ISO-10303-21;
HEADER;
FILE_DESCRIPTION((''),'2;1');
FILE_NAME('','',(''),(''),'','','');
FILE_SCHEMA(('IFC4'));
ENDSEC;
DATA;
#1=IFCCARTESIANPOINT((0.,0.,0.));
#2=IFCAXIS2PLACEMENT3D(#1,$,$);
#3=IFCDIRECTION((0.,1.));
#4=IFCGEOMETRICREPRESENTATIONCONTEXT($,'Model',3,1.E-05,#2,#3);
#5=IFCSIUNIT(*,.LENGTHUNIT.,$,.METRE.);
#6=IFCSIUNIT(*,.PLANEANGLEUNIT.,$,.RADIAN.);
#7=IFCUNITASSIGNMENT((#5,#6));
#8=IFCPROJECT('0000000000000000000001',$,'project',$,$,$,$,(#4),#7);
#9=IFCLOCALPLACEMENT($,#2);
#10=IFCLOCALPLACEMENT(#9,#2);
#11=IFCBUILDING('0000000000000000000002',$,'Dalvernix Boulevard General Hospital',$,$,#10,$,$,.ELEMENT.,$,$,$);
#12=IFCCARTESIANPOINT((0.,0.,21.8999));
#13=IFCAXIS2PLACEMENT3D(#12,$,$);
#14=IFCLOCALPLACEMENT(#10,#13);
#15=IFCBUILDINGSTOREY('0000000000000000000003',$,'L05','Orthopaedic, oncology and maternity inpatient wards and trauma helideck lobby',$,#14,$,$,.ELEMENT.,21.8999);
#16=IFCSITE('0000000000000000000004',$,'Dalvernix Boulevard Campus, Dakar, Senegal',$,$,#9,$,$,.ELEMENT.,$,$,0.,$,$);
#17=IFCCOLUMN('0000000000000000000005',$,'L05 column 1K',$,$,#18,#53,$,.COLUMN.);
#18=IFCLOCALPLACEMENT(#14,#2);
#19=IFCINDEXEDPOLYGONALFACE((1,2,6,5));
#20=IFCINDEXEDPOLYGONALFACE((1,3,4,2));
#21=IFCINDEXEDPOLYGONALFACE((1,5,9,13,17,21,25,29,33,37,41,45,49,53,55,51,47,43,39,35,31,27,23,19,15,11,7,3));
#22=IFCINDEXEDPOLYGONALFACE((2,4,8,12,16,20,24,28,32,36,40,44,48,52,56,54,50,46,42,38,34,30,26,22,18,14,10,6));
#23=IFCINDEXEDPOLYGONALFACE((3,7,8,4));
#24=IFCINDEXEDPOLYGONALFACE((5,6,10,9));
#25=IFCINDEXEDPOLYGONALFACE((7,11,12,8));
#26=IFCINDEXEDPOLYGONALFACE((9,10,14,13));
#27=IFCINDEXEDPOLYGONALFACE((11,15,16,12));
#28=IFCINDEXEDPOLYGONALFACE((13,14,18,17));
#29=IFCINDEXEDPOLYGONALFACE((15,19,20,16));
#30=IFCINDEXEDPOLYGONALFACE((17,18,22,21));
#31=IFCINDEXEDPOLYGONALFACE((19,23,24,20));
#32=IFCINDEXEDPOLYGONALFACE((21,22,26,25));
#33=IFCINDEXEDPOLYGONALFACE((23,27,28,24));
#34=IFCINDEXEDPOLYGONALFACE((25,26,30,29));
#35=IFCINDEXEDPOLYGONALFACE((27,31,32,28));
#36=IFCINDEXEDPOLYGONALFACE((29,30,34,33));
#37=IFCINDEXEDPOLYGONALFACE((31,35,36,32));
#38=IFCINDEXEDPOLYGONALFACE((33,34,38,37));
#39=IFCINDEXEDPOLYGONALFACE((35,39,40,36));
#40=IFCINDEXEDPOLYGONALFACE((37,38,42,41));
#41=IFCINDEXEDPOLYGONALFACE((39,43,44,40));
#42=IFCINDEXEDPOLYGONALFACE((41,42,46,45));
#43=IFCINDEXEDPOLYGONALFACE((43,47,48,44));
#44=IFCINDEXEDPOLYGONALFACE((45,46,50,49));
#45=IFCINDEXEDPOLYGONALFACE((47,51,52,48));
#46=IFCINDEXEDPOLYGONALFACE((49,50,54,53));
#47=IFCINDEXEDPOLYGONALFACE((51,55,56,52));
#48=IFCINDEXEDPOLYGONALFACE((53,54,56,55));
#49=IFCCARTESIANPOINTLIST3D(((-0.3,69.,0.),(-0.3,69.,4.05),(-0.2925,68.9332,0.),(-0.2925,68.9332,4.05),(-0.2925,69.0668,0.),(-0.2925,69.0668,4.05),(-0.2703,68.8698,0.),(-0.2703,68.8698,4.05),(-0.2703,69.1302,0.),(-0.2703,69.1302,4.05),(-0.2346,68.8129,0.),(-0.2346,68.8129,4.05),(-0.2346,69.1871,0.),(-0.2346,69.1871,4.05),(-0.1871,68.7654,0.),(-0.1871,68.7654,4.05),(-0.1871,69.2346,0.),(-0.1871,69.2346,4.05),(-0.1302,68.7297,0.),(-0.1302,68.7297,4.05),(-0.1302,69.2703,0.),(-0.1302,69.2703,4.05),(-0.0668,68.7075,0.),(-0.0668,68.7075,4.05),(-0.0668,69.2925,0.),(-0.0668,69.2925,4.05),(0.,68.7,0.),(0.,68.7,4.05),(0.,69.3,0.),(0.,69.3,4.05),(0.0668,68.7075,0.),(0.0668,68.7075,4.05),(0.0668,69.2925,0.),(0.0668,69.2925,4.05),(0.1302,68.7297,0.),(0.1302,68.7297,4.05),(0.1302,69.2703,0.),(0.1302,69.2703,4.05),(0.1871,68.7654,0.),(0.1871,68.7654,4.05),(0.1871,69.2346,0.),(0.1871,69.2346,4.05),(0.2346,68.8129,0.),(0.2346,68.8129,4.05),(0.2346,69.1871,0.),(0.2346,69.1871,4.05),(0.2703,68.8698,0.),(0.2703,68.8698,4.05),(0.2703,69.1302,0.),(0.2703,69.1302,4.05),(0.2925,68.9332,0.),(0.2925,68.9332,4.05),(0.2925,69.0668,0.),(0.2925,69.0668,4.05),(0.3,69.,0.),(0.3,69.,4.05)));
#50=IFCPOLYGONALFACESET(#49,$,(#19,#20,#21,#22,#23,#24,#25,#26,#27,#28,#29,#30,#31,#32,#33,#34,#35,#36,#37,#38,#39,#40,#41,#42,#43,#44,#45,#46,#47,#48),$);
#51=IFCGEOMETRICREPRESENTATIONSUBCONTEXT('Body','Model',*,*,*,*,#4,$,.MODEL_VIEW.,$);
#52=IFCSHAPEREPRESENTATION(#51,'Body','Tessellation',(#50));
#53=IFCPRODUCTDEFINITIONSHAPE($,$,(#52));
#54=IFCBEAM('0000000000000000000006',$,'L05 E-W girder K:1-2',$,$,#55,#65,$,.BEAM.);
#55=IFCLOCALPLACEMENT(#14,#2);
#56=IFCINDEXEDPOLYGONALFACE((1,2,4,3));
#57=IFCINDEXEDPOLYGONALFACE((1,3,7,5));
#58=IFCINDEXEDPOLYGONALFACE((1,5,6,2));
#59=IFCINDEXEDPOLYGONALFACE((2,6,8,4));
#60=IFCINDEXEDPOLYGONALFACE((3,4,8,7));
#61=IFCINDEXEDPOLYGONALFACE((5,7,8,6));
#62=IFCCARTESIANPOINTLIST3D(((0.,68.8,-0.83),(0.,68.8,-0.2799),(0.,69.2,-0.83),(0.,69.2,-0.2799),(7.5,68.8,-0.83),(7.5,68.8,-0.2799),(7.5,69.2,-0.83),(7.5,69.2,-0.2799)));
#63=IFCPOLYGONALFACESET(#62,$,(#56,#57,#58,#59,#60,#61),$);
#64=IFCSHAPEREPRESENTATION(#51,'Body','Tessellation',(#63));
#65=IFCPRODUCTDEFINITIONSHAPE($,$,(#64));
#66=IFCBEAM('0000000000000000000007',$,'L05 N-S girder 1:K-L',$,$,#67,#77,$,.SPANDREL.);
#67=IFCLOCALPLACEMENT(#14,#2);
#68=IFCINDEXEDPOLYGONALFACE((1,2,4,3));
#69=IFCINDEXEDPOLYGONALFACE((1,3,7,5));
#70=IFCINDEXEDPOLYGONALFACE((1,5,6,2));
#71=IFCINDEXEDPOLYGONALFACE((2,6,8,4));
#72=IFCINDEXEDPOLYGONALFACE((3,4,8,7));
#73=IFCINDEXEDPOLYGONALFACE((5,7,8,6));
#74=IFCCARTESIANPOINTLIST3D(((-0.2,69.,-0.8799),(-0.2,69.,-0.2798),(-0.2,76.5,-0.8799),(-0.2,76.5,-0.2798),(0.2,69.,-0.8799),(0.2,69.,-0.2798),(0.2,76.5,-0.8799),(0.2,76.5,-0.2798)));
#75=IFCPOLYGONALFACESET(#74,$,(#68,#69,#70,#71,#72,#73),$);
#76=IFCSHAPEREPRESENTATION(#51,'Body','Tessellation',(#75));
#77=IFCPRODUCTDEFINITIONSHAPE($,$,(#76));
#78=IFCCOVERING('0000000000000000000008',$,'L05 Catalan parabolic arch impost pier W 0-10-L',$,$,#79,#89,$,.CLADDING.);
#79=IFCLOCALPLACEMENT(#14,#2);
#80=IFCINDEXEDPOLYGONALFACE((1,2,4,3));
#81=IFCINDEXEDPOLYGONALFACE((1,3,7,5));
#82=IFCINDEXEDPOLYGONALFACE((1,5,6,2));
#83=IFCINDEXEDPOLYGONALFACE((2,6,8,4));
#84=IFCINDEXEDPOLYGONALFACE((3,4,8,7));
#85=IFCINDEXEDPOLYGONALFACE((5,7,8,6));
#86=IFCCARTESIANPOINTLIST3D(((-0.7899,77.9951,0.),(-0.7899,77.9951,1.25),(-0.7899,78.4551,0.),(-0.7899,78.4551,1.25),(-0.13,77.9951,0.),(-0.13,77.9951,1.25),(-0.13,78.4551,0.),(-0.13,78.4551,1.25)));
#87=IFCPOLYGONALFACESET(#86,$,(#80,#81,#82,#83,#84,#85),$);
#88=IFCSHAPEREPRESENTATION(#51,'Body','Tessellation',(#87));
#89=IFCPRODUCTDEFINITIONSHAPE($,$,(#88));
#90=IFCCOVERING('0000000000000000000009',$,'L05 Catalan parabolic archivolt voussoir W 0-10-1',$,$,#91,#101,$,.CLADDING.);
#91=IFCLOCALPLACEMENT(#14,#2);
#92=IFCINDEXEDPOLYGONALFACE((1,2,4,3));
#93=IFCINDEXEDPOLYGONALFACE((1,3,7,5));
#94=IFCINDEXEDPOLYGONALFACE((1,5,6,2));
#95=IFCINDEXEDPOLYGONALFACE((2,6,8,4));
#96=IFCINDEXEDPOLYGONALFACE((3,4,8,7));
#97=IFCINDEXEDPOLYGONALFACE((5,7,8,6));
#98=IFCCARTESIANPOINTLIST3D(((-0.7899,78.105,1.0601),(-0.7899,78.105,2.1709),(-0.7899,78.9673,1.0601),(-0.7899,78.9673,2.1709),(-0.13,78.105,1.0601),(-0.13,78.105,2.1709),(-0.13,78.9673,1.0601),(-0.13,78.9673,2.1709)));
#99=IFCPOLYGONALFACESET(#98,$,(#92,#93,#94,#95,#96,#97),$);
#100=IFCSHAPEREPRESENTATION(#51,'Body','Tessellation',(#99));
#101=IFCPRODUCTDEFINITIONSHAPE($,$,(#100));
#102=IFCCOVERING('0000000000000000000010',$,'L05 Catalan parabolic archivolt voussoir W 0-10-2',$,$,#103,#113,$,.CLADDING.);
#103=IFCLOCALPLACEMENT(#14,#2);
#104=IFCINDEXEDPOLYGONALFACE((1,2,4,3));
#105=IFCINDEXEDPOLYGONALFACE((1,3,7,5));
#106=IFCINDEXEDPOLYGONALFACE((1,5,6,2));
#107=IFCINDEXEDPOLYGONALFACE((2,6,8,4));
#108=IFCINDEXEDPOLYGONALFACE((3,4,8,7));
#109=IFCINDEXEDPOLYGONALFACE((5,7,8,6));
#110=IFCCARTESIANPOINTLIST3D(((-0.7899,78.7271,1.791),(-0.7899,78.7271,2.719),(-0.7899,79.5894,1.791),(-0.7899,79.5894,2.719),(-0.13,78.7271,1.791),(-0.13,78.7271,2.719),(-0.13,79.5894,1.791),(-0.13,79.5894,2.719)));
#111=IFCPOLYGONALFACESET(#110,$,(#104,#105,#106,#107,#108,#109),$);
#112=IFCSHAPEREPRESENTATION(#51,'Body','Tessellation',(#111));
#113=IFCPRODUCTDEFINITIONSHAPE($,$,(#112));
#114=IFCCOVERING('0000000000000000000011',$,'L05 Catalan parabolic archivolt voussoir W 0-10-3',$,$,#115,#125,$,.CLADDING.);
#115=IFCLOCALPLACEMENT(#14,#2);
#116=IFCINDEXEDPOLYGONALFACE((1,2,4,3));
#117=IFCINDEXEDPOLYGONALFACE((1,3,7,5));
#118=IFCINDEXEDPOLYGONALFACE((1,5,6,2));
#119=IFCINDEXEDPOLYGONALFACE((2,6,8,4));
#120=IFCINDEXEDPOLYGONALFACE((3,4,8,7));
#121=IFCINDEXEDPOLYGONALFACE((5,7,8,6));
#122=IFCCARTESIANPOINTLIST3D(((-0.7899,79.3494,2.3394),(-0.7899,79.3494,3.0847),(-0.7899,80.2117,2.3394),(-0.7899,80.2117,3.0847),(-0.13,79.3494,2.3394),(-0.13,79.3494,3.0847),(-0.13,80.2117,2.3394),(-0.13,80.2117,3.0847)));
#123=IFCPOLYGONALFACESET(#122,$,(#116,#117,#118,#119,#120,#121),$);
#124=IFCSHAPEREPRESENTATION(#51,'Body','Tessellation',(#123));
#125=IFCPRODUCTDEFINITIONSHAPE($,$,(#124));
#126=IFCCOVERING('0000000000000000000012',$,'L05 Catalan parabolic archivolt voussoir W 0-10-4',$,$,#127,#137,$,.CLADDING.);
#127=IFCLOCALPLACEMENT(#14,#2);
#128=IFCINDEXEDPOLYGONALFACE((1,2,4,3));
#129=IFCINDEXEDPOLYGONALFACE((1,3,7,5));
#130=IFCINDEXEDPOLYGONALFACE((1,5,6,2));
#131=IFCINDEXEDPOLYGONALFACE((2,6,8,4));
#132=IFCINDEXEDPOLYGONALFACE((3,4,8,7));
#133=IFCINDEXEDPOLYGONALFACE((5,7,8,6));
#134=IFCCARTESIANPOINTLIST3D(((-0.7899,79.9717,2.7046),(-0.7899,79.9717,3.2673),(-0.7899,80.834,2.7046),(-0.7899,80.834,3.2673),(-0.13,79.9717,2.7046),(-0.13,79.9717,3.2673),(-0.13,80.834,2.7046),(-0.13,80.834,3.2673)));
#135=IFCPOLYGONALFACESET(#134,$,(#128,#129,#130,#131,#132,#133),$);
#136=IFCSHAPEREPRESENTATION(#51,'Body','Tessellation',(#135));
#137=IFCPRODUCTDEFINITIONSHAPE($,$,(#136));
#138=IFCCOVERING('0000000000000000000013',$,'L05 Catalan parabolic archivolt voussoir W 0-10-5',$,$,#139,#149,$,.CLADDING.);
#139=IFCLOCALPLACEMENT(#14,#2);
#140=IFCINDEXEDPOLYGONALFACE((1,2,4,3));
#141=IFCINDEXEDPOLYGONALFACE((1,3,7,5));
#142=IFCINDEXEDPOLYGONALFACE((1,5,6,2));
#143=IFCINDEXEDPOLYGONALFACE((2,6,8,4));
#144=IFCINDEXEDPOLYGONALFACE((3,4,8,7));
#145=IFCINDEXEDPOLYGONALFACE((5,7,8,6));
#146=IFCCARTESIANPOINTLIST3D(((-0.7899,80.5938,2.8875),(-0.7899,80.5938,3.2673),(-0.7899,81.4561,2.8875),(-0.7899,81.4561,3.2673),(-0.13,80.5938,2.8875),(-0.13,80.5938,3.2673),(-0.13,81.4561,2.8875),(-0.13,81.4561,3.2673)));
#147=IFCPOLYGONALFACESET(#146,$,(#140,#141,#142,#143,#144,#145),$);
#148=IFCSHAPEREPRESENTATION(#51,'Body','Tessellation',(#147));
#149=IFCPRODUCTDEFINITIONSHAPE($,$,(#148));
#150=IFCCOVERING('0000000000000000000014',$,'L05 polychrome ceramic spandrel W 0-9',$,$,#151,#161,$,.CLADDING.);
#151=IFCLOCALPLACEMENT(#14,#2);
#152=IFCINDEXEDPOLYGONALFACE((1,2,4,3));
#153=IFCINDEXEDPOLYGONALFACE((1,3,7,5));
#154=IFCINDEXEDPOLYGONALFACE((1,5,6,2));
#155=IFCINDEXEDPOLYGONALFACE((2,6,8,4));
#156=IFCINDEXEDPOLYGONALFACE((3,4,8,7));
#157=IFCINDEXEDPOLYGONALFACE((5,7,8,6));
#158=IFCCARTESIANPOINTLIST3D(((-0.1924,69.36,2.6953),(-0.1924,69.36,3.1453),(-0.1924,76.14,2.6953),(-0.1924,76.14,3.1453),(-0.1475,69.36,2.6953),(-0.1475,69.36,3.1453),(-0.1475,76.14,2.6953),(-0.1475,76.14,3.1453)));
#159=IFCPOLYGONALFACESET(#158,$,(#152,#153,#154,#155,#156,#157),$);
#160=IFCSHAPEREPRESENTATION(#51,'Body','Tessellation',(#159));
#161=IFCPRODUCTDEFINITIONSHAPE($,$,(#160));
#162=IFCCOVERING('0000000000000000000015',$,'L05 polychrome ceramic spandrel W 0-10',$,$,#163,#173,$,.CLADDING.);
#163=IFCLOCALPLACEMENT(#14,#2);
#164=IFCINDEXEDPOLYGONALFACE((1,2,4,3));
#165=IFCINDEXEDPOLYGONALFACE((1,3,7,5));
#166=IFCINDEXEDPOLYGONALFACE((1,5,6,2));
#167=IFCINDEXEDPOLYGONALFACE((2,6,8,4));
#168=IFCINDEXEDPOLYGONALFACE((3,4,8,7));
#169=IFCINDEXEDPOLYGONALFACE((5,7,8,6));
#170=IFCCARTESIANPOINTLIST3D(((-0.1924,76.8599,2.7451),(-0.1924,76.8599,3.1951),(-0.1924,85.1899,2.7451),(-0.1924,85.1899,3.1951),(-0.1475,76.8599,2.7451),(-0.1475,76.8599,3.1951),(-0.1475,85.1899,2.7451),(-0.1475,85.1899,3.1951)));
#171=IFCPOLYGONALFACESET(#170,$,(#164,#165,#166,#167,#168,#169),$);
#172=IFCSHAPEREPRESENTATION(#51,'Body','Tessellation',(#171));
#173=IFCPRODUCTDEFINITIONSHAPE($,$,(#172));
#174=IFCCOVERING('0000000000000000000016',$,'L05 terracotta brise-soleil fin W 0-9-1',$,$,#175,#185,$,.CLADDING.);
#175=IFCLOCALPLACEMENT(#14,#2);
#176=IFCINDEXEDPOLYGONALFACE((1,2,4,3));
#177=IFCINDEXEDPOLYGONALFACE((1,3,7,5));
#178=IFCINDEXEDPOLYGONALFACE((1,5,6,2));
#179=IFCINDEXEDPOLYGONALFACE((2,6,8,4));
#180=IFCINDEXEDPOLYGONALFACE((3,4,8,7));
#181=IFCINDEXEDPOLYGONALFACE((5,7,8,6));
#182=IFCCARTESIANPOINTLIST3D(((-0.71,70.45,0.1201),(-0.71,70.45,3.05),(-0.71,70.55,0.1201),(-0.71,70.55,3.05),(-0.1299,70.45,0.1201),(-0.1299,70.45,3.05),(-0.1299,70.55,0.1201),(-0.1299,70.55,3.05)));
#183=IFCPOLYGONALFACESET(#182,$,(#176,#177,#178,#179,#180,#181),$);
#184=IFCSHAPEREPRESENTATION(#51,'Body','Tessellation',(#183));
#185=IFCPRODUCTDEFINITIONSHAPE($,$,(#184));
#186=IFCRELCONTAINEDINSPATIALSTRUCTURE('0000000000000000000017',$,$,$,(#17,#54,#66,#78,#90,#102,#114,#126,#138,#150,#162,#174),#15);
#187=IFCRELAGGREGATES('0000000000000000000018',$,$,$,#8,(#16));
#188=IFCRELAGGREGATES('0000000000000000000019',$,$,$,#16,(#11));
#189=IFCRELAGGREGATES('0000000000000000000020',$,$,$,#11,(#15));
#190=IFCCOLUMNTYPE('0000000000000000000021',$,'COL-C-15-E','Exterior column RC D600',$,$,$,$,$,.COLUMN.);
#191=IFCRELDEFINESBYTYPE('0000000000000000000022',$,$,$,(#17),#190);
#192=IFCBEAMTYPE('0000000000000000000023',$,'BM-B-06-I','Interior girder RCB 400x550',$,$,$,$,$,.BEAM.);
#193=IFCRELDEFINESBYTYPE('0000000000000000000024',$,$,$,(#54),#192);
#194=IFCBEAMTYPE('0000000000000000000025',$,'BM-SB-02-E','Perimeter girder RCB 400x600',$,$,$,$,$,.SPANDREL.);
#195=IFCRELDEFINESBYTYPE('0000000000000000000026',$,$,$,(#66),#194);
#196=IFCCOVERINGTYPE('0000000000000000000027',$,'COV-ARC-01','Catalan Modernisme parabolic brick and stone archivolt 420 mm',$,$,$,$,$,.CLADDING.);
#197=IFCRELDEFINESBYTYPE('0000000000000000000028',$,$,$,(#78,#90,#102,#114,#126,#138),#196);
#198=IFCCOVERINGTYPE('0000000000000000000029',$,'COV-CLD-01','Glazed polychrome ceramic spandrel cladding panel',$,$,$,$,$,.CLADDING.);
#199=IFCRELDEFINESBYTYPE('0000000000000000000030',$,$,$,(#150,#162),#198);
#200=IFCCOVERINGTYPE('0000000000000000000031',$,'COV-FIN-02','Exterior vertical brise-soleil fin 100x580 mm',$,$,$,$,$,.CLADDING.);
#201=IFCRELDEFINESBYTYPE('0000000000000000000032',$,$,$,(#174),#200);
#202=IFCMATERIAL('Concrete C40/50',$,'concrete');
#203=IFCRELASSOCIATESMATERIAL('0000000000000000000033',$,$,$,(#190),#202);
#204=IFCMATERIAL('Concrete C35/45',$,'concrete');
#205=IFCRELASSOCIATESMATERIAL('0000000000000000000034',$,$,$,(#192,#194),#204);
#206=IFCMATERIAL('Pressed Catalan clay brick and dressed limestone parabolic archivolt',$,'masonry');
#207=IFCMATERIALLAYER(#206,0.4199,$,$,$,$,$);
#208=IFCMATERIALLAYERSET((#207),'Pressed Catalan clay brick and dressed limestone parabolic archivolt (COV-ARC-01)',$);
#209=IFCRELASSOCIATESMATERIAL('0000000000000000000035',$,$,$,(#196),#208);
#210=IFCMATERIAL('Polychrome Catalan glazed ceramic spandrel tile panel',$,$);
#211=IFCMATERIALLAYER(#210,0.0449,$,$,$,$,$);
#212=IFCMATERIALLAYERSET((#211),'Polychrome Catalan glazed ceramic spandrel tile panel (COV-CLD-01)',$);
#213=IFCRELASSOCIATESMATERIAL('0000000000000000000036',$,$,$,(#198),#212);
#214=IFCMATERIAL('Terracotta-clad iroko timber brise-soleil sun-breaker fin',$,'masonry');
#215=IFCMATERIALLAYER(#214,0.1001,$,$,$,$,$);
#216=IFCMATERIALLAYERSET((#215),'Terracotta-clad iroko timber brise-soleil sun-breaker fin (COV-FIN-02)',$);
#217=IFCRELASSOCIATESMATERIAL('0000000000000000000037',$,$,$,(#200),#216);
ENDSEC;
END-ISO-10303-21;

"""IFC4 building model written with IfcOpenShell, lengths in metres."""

from ifc_helpers import new_model, si_unit, direction, frame, origin, origin_2d, place, context, subcontext, project, spatial, rectangle, circle, extrude, material, layer, layer_set, material_profile, profile_set, type_object, element, save


model = new_model("IFC4")

# Units and contexts
model_context = context("Model", 3, precision=1e-05, world=origin(), true_north=direction((0.0, 1.0)))
body_context = subcontext(model_context, "Body", "Model", "MODEL_VIEW")
ifc_project = project(units=[si_unit("LENGTHUNIT", "METRE"), si_unit("PLANEANGLEUNIT", "RADIAN")], contexts=[model_context])

# Site, building, storey
site_placement = place(None, origin())
site = spatial("IfcSite", under=ifc_project, at=site_placement, Name="Dalvernix Boulevard Campus, Dakar, Senegal", CompositionType="ELEMENT", RefElevation=0.0)
building_placement = place(site_placement, origin())
building = spatial("IfcBuilding", under=site, at=building_placement, Name="Dalvernix Boulevard General Hospital", CompositionType="ELEMENT")
storey_placement = place(building_placement, frame((0.0, 0.0, 21.8999)))
storey = spatial("IfcBuildingStorey", under=building, at=storey_placement, Name="L05", Description="Orthopaedic, oncology and maternity inpatient wards and trauma helideck lobby", CompositionType="ELEMENT", Elevation=21.8999)

# Column
ifc_material_1 = material(Name="Concrete C40/50", Category="concrete")
ifc_material_profile_1 = material_profile(ifc_material_1, circle(Radius=0.3, at=origin_2d()), Name="RC D600")
ifc_profile_set_1 = profile_set([ifc_material_profile_1], Name="Concrete C40/50")
column_type = type_object("IfcColumnType", Name="COL-C-15-E", Description="Exterior column RC D600", PredefinedType="COLUMN", material=ifc_profile_set_1)
column_placement = place(storey_placement, frame((0.0, 69.0, 0.0), z_axis=(0.0, 0.0, 1.0), x_axis=(1.0, 0.0, 0.0)))
element("IfcColumn", 1, at=column_placement, inside=storey, type_object=column_type, Name="L05 column 1K", PredefinedType="COLUMN", context=body_context, shape_type="SweptSolid", body=[
    extrude(circle(Radius=0.3, at=origin_2d()), origin(), (0.0, 0.0, 1.0), 4.05),
])

# Beams
ifc_material_2 = material(Name="Concrete C35/45", Category="concrete")
ifc_material_profile_2 = material_profile(ifc_material_2, rectangle(XDim=0.3999, YDim=0.55, at=origin_2d()), Name="RCB 400x550")
ifc_profile_set_2 = profile_set([ifc_material_profile_2], Name="Concrete C35/45")
beam_type_1 = type_object("IfcBeamType", Name="BM-B-06-I", Description="Interior girder RCB 400x550", PredefinedType="BEAM", material=ifc_profile_set_2)
beam_1_placement = place(storey_placement, frame((0.0, 69.0, -0.5549), z_axis=(1.0, 0.0, 0.0), x_axis=(0.0, 1.0, 0.0)))
element("IfcBeam", 2, at=beam_1_placement, inside=storey, type_object=beam_type_1, Name="L05 E-W girder K:1-2", PredefinedType="BEAM", context=body_context, shape_type="SweptSolid", body=[
    extrude(rectangle(XDim=0.3999, YDim=0.55, at=origin_2d()), origin(), (0.0, 0.0, 1.0), 7.5),
])
ifc_material_profile_3 = material_profile(ifc_material_2, rectangle(XDim=0.3999, YDim=0.6001, at=origin_2d()), Name="RCB 400x600")
ifc_profile_set_3 = profile_set([ifc_material_profile_3], Name="Concrete C35/45")
beam_type_2 = type_object("IfcBeamType", Name="BM-SB-02-E", Description="Perimeter girder RCB 400x600", PredefinedType="SPANDREL", material=ifc_profile_set_3)
beam_2_placement = place(storey_placement, frame((0.0, 69.0, -0.5798), z_axis=(0.0, 1.0, 0.0), x_axis=(-1.0, 0.0, 0.0)))
element("IfcBeam", 3, at=beam_2_placement, inside=storey, type_object=beam_type_2, Name="L05 N-S girder 1:K-L", PredefinedType="SPANDREL", context=body_context, shape_type="SweptSolid", body=[
    extrude(rectangle(XDim=0.3999, YDim=0.6001, at=origin_2d()), origin(), (0.0, 0.0, 1.0), 7.5),
])

# Coverings
ifc_material_3 = material(Name="Pressed Catalan clay brick and dressed limestone parabolic archivolt", Category="masonry")
ifc_layer_1 = layer(ifc_material_3, 0.4199)
ifc_layer_set_1 = layer_set([ifc_layer_1], Name="Pressed Catalan clay brick and dressed limestone parabolic archivolt (COV-ARC-01)")
covering_type_1 = type_object("IfcCoveringType", Name="COV-ARC-01", Description="Catalan Modernisme parabolic brick and stone archivolt 420 mm", PredefinedType="CLADDING", material=ifc_layer_set_1)
covering_1_placement = place(storey_placement, frame((-0.46, 78.2251, 0.0), z_axis=(0.0, 0.0, 1.0), x_axis=(0.0, 1.0, 0.0)))
element("IfcCovering", 4, at=covering_1_placement, inside=storey, type_object=covering_type_1, Name="L05 Catalan parabolic arch impost pier W 0-10-L", PredefinedType="CLADDING", context=body_context, shape_type="SweptSolid", body=[
    extrude(rectangle(XDim=0.46, YDim=0.6599, at=origin_2d()), origin(), (0.0, 0.0, 1.0), 1.25),
])
covering_2_placement = place(storey_placement, frame((-0.46, 78.5361, 1.0601), z_axis=(0.0, 0.0, 1.0), x_axis=(0.0, 1.0, 0.0)))
element("IfcCovering", 5, at=covering_2_placement, inside=storey, type_object=covering_type_1, Name="L05 Catalan parabolic archivolt voussoir W 0-10-1", PredefinedType="CLADDING", context=body_context, shape_type="SweptSolid", body=[
    extrude(rectangle(XDim=0.8623, YDim=0.6599, at=origin_2d()), origin(), (0.0, 0.0, 1.0), 1.1108),
])
covering_3_placement = place(storey_placement, frame((-0.46, 79.1582, 1.791), z_axis=(0.0, 0.0, 1.0), x_axis=(0.0, 1.0, 0.0)))
element("IfcCovering", 6, at=covering_3_placement, inside=storey, type_object=covering_type_1, Name="L05 Catalan parabolic archivolt voussoir W 0-10-2", PredefinedType="CLADDING", context=body_context, shape_type="SweptSolid", body=[
    extrude(rectangle(XDim=0.8623, YDim=0.6599, at=origin_2d()), origin(), (0.0, 0.0, 1.0), 0.928),
])
covering_4_placement = place(storey_placement, frame((-0.46, 79.7805, 2.3394), z_axis=(0.0, 0.0, 1.0), x_axis=(0.0, 1.0, 0.0)))
element("IfcCovering", 7, at=covering_4_placement, inside=storey, type_object=covering_type_1, Name="L05 Catalan parabolic archivolt voussoir W 0-10-3", PredefinedType="CLADDING", context=body_context, shape_type="SweptSolid", body=[
    extrude(rectangle(XDim=0.8623, YDim=0.6599, at=origin_2d()), origin(), (0.0, 0.0, 1.0), 0.7454),
])
covering_5_placement = place(storey_placement, frame((-0.46, 80.4028, 2.7046), z_axis=(0.0, 0.0, 1.0), x_axis=(0.0, 1.0, 0.0)))
element("IfcCovering", 8, at=covering_5_placement, inside=storey, type_object=covering_type_1, Name="L05 Catalan parabolic archivolt voussoir W 0-10-4", PredefinedType="CLADDING", context=body_context, shape_type="SweptSolid", body=[
    extrude(rectangle(XDim=0.8623, YDim=0.6599, at=origin_2d()), origin(), (0.0, 0.0, 1.0), 0.5627),
])
covering_6_placement = place(storey_placement, frame((-0.46, 81.0249, 2.8875), z_axis=(0.0, 0.0, 1.0), x_axis=(0.0, 1.0, 0.0)))
element("IfcCovering", 9, at=covering_6_placement, inside=storey, type_object=covering_type_1, Name="L05 Catalan parabolic archivolt voussoir W 0-10-5", PredefinedType="CLADDING", context=body_context, shape_type="SweptSolid", body=[
    extrude(rectangle(XDim=0.8623, YDim=0.6599, at=origin_2d()), origin(), (0.0, 0.0, 1.0), 0.3799),
])
ifc_material_4 = material(Name="Polychrome Catalan glazed ceramic spandrel tile panel")
ifc_layer_2 = layer(ifc_material_4, 0.0449)
ifc_layer_set_2 = layer_set([ifc_layer_2], Name="Polychrome Catalan glazed ceramic spandrel tile panel (COV-CLD-01)")
covering_type_2 = type_object("IfcCoveringType", Name="COV-CLD-01", Description="Glazed polychrome ceramic spandrel cladding panel", PredefinedType="CLADDING", material=ifc_layer_set_2)
covering_7_placement = place(storey_placement, frame((-0.1699, 72.75, 2.6953), z_axis=(0.0, 0.0, 1.0), x_axis=(0.0, 1.0, 0.0)))
element("IfcCovering", 10, at=covering_7_placement, inside=storey, type_object=covering_type_2, Name="L05 polychrome ceramic spandrel W 0-9", PredefinedType="CLADDING", context=body_context, shape_type="SweptSolid", body=[
    extrude(rectangle(XDim=6.78, YDim=0.0449, at=origin_2d()), origin(), (0.0, 0.0, 1.0), 0.45),
])
covering_8_placement = place(storey_placement, frame((-0.1699, 81.0249, 2.7451), z_axis=(0.0, 0.0, 1.0), x_axis=(0.0, 1.0, 0.0)))
element("IfcCovering", 11, at=covering_8_placement, inside=storey, type_object=covering_type_2, Name="L05 polychrome ceramic spandrel W 0-10", PredefinedType="CLADDING", context=body_context, shape_type="SweptSolid", body=[
    extrude(rectangle(XDim=8.3301, YDim=0.0449, at=origin_2d()), origin(), (0.0, 0.0, 1.0), 0.45),
])
ifc_material_5 = material(Name="Terracotta-clad iroko timber brise-soleil sun-breaker fin", Category="masonry")
ifc_layer_3 = layer(ifc_material_5, 0.1001)
ifc_layer_set_3 = layer_set([ifc_layer_3], Name="Terracotta-clad iroko timber brise-soleil sun-breaker fin (COV-FIN-02)")
covering_type_3 = type_object("IfcCoveringType", Name="COV-FIN-02", Description="Exterior vertical brise-soleil fin 100x580 mm", PredefinedType="CLADDING", material=ifc_layer_set_3)
for number, where, z_axis, x_axis, name in (
    (12, (-0.4199, 70.5, 0.1201), (0.0, 0.0, 1.0), (0.0, 1.0, 0.0), "L05 terracotta brise-soleil fin W 0-9-1"),
):
    element("IfcCovering", number, at=place(storey_placement, frame(where, z_axis=z_axis, x_axis=x_axis)), inside=storey, type_object=covering_type_3, Name=name, PredefinedType="CLADDING", context=body_context, shape_type="SweptSolid", body=[
        extrude(rectangle(XDim=0.1001, YDim=0.5801, at=origin_2d()), origin(), (0.0, 0.0, 1.0), 2.9299),
    ])

save(model, "model.ifc")
